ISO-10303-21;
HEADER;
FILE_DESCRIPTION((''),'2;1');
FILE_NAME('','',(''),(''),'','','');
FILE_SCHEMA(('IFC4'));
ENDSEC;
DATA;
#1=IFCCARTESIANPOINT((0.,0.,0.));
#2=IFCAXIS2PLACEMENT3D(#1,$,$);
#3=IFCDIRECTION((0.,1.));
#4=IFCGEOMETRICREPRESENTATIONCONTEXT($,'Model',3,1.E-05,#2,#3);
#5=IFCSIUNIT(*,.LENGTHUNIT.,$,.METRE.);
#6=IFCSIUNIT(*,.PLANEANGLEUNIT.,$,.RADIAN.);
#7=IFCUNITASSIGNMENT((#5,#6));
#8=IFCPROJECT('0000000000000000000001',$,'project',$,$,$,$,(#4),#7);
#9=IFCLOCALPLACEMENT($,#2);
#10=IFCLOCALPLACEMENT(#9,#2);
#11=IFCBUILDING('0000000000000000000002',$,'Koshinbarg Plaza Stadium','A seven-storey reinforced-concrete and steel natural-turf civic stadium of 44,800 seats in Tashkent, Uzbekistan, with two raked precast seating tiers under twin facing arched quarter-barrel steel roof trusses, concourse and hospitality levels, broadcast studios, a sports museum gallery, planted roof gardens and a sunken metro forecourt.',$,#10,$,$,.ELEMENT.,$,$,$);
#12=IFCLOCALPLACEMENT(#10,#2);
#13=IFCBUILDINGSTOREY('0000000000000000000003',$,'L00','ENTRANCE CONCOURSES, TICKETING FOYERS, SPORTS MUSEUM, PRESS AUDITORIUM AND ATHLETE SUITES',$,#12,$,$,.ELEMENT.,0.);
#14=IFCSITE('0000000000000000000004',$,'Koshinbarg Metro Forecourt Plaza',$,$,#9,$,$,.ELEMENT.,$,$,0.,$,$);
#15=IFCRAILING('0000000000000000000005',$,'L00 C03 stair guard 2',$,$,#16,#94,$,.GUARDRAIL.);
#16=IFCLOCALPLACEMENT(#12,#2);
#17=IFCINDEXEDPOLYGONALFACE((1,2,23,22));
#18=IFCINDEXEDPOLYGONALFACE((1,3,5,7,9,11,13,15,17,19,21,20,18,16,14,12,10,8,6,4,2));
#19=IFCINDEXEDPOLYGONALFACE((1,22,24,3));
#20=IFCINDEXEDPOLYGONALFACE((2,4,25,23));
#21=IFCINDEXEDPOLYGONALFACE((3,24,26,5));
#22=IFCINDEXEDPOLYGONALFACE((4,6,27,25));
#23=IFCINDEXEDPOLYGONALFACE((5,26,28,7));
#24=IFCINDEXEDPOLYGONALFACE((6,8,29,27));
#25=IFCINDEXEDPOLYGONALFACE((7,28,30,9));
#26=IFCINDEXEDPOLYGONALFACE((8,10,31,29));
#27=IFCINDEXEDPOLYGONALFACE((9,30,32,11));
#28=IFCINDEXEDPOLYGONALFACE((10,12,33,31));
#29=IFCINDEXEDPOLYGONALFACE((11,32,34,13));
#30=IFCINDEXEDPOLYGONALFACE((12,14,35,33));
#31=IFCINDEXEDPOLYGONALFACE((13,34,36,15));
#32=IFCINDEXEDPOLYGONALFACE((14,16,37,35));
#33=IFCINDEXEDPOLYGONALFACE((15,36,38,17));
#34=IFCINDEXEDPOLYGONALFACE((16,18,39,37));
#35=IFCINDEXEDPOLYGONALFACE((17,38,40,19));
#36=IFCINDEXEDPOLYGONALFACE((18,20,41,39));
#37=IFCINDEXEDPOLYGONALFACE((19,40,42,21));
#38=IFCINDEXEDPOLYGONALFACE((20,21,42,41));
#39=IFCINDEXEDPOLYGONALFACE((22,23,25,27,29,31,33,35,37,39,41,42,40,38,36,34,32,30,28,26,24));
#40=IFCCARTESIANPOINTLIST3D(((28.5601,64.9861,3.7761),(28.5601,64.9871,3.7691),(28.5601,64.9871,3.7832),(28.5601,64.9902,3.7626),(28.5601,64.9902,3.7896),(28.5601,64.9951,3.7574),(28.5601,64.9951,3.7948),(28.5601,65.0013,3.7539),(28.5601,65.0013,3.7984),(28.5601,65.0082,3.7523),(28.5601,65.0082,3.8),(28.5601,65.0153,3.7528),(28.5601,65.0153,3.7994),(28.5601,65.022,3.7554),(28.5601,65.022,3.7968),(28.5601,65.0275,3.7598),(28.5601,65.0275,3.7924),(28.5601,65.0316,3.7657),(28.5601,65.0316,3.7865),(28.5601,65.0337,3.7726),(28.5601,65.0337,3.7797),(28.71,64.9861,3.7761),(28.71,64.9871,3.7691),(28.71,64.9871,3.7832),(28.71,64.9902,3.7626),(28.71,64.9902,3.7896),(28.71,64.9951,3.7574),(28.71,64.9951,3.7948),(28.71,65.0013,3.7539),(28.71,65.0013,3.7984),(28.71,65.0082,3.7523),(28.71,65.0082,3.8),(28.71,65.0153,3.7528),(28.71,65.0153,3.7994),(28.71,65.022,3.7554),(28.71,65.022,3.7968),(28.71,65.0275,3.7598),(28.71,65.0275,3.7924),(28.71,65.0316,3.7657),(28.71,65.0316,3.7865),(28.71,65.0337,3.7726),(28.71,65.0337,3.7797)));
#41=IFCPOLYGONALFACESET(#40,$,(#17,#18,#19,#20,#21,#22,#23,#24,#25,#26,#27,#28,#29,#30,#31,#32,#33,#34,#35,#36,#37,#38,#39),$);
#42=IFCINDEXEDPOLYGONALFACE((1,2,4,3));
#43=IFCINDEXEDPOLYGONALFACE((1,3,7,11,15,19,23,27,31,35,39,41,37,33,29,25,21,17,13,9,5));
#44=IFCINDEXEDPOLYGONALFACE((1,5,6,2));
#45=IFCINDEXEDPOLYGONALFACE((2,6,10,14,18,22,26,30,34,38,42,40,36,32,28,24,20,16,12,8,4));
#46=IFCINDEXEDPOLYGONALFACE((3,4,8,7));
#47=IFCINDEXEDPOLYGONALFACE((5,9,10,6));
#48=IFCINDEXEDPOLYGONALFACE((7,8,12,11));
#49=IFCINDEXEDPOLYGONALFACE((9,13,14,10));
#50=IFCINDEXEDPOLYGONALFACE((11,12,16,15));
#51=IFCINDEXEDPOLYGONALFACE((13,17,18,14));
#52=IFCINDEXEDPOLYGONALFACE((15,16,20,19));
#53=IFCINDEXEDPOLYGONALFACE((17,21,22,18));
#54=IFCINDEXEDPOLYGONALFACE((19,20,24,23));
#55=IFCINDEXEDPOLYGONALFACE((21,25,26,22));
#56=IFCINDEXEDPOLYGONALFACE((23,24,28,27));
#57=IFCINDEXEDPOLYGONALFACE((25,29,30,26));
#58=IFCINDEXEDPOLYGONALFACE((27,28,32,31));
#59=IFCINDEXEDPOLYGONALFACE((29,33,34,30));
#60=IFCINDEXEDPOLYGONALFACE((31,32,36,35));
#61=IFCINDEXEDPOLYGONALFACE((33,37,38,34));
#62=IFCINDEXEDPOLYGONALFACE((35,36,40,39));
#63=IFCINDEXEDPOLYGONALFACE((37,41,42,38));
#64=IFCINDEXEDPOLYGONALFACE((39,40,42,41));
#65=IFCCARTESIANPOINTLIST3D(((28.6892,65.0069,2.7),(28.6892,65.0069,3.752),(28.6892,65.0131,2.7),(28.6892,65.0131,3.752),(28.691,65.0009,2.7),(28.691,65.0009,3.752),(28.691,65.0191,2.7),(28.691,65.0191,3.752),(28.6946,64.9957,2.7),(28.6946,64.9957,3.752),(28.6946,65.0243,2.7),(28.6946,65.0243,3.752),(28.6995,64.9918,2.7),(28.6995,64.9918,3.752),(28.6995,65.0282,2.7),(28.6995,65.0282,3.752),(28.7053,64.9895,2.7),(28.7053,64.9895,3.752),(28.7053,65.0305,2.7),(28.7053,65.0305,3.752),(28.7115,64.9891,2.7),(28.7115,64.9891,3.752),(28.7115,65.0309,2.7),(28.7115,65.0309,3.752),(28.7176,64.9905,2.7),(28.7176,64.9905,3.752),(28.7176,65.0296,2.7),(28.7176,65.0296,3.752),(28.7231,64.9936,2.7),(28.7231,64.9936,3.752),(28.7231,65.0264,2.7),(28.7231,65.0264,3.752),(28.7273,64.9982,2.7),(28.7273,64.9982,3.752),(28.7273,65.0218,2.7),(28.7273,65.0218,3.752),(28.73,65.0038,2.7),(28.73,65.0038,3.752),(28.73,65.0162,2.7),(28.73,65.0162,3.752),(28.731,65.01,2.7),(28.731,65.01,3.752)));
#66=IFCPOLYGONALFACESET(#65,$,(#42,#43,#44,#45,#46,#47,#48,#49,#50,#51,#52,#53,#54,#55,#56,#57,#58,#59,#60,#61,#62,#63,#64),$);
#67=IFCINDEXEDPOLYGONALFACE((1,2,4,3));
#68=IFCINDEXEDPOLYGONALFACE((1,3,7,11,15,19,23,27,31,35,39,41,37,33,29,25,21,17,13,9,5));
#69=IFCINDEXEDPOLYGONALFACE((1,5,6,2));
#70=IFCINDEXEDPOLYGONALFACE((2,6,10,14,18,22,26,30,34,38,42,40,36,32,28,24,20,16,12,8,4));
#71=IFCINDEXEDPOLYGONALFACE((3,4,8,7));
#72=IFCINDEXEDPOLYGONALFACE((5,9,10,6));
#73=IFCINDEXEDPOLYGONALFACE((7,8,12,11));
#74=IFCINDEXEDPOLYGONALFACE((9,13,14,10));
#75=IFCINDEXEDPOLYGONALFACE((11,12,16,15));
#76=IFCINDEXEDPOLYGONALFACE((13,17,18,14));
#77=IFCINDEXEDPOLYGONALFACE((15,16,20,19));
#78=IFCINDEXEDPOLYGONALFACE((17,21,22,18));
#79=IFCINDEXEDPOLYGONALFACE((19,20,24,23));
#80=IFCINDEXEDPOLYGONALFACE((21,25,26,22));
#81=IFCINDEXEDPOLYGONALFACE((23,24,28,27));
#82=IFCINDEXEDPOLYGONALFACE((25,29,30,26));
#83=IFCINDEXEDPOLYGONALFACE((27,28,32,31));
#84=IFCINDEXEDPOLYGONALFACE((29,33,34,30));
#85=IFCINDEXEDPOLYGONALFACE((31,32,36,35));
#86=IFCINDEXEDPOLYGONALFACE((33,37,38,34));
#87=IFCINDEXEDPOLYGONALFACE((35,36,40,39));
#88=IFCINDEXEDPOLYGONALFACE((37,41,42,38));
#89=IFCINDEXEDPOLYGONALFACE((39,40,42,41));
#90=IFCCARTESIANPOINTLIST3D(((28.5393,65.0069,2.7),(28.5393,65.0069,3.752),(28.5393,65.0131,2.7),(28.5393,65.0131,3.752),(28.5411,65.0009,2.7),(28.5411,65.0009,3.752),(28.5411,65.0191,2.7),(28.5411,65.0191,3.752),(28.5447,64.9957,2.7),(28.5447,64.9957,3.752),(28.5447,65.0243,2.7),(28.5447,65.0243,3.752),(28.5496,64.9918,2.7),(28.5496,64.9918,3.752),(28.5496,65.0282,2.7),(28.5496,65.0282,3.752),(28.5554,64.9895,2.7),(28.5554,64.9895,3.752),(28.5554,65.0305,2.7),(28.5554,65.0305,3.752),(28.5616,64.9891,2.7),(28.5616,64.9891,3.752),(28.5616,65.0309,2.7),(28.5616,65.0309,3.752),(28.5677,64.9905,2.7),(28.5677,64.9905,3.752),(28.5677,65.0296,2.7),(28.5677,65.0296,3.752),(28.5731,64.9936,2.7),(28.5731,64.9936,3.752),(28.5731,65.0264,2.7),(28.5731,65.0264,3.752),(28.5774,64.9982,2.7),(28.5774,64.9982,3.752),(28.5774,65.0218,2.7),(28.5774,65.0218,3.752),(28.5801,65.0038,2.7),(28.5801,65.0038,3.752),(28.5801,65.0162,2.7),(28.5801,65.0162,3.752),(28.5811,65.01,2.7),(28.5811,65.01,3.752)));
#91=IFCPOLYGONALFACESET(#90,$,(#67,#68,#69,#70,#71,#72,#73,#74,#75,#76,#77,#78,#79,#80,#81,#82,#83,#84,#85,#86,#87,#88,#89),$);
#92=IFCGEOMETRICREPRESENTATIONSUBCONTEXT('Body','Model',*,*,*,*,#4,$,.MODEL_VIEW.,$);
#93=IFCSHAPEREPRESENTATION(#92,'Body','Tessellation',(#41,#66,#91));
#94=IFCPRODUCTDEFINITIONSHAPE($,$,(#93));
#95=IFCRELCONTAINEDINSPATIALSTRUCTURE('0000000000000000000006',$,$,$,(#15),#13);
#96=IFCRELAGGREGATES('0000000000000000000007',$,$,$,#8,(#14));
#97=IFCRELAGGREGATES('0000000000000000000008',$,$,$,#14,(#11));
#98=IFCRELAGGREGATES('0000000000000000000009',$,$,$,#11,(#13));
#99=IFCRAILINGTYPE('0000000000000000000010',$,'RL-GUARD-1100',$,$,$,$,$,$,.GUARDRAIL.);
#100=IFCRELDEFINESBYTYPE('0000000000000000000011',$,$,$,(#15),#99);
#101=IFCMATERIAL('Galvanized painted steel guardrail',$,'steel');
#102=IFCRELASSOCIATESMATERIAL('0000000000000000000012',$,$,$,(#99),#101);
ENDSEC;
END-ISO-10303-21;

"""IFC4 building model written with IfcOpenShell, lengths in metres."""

from ifc_helpers import new_model, si_unit, direction, frame, origin, origin_2d, place, context, subcontext, project, spatial, circle, extrude, material, type_object, element, save


model = new_model("IFC4")

# Units and contexts
model_context = context("Model", 3, precision=1e-05, world=origin(), true_north=direction((0.0, 1.0)))
body_context = subcontext(model_context, "Body", "Model", "MODEL_VIEW")
ifc_project = project(units=[si_unit("LENGTHUNIT", "METRE"), si_unit("PLANEANGLEUNIT", "RADIAN")], contexts=[model_context])

# Site, building, storey
site_placement = place(None, origin())
site = spatial("IfcSite", under=ifc_project, at=site_placement, Name="Koshinbarg Metro Forecourt Plaza", CompositionType="ELEMENT", RefElevation=0.0)
building_placement = place(site_placement, origin())
building = spatial("IfcBuilding", under=site, at=building_placement, Name="Koshinbarg Plaza Stadium", Description="A seven-storey reinforced-concrete and steel natural-turf civic stadium of 44,800 seats in Tashkent, Uzbekistan, with two raked precast seating tiers under twin facing arched quarter-barrel steel roof trusses, concourse and hospitality levels, broadcast studios, a sports museum gallery, planted roof gardens and a sunken metro forecourt.", CompositionType="ELEMENT")
storey_placement = place(building_placement, origin())
storey = spatial("IfcBuildingStorey", under=building, at=storey_placement, Name="L00", Description="ENTRANCE CONCOURSES, TICKETING FOYERS, SPORTS MUSEUM, PRESS AUDITORIUM AND ATHLETE SUITES", CompositionType="ELEMENT", Elevation=0.0)

# Railing
ifc_material_1 = material(Name="Galvanized painted steel guardrail", Category="steel")
railing_type_1 = type_object("IfcRailingType", Name="RL-GUARD-1100", PredefinedType="GUARDRAIL", material=ifc_material_1)
railing_1_placement = place(storey_placement, frame((28.71, 65.01, 2.7)))
element("IfcRailing", 1, at=railing_1_placement, inside=storey, type_object=railing_type_1, Name="L00 C03 stair guard 2", PredefinedType="GUARDRAIL", context=body_context, shape_type="SweptSolid", body=[
    extrude(circle(Radius=0.0239, at=origin_2d()), frame((0.0, 0.0, 1.0762), z_axis=(-1.0, 0.0, 0.0), x_axis=(0.0, -1.0, 0.0)), (0.0, 0.0, 1.0), 0.1499),
    extrude(circle(Radius=0.021, at=origin_2d()), origin(), (0.0, 0.0, 1.0), 1.052),
    extrude(circle(Radius=0.021, at=origin_2d()), frame((-0.1499, 0.0, 0.0)), (0.0, 0.0, 1.0), 1.052),
])

save(model, "model.ifc")
